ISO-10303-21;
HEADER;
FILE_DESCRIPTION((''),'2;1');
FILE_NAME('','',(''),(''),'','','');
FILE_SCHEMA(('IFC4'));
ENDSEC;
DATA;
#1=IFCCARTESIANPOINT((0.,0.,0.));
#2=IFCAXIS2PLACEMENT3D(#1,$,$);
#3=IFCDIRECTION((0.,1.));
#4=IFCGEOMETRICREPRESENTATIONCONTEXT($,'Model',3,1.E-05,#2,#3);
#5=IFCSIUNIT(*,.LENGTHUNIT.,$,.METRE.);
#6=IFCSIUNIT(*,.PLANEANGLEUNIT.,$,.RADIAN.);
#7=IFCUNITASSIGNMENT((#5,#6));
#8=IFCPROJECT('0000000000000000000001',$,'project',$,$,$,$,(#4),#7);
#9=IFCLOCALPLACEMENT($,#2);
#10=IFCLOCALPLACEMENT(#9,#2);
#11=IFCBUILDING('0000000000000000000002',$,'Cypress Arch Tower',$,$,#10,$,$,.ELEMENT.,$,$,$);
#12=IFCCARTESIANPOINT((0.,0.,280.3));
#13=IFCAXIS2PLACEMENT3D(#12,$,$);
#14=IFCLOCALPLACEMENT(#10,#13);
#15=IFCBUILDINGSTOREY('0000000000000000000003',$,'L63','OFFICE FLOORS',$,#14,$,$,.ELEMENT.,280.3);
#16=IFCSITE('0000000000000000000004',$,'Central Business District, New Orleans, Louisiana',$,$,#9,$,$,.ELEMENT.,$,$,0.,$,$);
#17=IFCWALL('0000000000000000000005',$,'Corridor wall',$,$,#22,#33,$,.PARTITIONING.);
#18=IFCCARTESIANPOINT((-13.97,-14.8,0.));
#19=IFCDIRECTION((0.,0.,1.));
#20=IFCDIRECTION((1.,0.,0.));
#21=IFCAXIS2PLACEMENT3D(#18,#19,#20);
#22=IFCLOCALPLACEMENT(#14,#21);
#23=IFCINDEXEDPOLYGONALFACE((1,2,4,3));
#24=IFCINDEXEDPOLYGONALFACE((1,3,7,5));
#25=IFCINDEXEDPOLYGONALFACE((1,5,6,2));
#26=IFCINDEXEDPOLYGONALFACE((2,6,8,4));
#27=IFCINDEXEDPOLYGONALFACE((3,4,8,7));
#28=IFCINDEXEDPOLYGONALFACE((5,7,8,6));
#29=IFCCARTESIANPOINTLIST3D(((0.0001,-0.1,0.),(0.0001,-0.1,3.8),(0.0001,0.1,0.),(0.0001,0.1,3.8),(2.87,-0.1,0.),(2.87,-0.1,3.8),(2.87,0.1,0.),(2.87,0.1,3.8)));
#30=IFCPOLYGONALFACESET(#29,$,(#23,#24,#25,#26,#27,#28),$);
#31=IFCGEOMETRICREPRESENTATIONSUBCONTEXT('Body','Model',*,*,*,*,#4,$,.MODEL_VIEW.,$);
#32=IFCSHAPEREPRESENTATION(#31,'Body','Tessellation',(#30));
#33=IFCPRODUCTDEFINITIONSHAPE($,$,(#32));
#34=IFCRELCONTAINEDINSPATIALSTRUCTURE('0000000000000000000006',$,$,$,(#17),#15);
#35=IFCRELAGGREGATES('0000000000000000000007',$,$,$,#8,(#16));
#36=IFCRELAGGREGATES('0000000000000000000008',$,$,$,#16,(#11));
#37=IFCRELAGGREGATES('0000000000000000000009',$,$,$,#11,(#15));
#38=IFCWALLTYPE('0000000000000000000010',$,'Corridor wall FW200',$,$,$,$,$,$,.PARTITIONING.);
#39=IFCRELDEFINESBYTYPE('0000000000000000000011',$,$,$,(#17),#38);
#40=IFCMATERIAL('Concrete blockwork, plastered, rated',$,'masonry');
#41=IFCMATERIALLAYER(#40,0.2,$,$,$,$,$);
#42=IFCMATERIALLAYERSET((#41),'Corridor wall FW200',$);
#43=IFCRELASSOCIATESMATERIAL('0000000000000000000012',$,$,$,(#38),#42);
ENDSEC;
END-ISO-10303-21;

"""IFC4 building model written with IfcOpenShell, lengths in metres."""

from ifc_helpers import new_model, si_unit, direction, frame, frame_2d, origin, place, context, subcontext, project, spatial, rectangle, extrude, material, layer, layer_set, type_object, element, save


model = new_model("IFC4")

# Units and contexts
model_context = context("Model", 3, precision=1e-05, world=origin(), true_north=direction((0.0, 1.0)))
body_context = subcontext(model_context, "Body", "Model", "MODEL_VIEW")
ifc_project = project(units=[si_unit("LENGTHUNIT", "METRE"), si_unit("PLANEANGLEUNIT", "RADIAN")], contexts=[model_context])

# Site, building, storey
site_placement = place(None, origin())
site = spatial("IfcSite", under=ifc_project, at=site_placement, Name="Central Business District, New Orleans, Louisiana", CompositionType="ELEMENT", RefElevation=0.0)
building_placement = place(site_placement, origin())
building = spatial("IfcBuilding", under=site, at=building_placement, Name="Cypress Arch Tower", CompositionType="ELEMENT")
storey_placement = place(building_placement, frame((0.0, 0.0, 280.3)))
storey = spatial("IfcBuildingStorey", under=building, at=storey_placement, Name="L63", Description="OFFICE FLOORS", CompositionType="ELEMENT", Elevation=280.3)

# Wall
ifc_material_1 = material(Name="Concrete blockwork, plastered, rated", Category="masonry")
ifc_layer_1 = layer(ifc_material_1, 0.2)
ifc_layer_set_1 = layer_set([ifc_layer_1], Name="Corridor wall FW200")
wall_type_1 = type_object("IfcWallType", Name="Corridor wall FW200", PredefinedType="PARTITIONING", material=ifc_layer_set_1)
wall_1_placement = place(storey_placement, frame((-13.97, -14.8, 0.0), z_axis=(0.0, 0.0, 1.0), x_axis=(1.0, 0.0, 0.0)))
element("IfcWall", 1, at=wall_1_placement, inside=storey, type_object=wall_type_1, Name="Corridor wall", PredefinedType="PARTITIONING", context=body_context, shape_type="SweptSolid", body=[
    extrude(rectangle(XDim=2.8699, YDim=0.2, at=frame_2d((1.4351, 0.0))), origin(), (0.0, 0.0, 1.0), 3.8),
])

save(model, "model.ifc")
